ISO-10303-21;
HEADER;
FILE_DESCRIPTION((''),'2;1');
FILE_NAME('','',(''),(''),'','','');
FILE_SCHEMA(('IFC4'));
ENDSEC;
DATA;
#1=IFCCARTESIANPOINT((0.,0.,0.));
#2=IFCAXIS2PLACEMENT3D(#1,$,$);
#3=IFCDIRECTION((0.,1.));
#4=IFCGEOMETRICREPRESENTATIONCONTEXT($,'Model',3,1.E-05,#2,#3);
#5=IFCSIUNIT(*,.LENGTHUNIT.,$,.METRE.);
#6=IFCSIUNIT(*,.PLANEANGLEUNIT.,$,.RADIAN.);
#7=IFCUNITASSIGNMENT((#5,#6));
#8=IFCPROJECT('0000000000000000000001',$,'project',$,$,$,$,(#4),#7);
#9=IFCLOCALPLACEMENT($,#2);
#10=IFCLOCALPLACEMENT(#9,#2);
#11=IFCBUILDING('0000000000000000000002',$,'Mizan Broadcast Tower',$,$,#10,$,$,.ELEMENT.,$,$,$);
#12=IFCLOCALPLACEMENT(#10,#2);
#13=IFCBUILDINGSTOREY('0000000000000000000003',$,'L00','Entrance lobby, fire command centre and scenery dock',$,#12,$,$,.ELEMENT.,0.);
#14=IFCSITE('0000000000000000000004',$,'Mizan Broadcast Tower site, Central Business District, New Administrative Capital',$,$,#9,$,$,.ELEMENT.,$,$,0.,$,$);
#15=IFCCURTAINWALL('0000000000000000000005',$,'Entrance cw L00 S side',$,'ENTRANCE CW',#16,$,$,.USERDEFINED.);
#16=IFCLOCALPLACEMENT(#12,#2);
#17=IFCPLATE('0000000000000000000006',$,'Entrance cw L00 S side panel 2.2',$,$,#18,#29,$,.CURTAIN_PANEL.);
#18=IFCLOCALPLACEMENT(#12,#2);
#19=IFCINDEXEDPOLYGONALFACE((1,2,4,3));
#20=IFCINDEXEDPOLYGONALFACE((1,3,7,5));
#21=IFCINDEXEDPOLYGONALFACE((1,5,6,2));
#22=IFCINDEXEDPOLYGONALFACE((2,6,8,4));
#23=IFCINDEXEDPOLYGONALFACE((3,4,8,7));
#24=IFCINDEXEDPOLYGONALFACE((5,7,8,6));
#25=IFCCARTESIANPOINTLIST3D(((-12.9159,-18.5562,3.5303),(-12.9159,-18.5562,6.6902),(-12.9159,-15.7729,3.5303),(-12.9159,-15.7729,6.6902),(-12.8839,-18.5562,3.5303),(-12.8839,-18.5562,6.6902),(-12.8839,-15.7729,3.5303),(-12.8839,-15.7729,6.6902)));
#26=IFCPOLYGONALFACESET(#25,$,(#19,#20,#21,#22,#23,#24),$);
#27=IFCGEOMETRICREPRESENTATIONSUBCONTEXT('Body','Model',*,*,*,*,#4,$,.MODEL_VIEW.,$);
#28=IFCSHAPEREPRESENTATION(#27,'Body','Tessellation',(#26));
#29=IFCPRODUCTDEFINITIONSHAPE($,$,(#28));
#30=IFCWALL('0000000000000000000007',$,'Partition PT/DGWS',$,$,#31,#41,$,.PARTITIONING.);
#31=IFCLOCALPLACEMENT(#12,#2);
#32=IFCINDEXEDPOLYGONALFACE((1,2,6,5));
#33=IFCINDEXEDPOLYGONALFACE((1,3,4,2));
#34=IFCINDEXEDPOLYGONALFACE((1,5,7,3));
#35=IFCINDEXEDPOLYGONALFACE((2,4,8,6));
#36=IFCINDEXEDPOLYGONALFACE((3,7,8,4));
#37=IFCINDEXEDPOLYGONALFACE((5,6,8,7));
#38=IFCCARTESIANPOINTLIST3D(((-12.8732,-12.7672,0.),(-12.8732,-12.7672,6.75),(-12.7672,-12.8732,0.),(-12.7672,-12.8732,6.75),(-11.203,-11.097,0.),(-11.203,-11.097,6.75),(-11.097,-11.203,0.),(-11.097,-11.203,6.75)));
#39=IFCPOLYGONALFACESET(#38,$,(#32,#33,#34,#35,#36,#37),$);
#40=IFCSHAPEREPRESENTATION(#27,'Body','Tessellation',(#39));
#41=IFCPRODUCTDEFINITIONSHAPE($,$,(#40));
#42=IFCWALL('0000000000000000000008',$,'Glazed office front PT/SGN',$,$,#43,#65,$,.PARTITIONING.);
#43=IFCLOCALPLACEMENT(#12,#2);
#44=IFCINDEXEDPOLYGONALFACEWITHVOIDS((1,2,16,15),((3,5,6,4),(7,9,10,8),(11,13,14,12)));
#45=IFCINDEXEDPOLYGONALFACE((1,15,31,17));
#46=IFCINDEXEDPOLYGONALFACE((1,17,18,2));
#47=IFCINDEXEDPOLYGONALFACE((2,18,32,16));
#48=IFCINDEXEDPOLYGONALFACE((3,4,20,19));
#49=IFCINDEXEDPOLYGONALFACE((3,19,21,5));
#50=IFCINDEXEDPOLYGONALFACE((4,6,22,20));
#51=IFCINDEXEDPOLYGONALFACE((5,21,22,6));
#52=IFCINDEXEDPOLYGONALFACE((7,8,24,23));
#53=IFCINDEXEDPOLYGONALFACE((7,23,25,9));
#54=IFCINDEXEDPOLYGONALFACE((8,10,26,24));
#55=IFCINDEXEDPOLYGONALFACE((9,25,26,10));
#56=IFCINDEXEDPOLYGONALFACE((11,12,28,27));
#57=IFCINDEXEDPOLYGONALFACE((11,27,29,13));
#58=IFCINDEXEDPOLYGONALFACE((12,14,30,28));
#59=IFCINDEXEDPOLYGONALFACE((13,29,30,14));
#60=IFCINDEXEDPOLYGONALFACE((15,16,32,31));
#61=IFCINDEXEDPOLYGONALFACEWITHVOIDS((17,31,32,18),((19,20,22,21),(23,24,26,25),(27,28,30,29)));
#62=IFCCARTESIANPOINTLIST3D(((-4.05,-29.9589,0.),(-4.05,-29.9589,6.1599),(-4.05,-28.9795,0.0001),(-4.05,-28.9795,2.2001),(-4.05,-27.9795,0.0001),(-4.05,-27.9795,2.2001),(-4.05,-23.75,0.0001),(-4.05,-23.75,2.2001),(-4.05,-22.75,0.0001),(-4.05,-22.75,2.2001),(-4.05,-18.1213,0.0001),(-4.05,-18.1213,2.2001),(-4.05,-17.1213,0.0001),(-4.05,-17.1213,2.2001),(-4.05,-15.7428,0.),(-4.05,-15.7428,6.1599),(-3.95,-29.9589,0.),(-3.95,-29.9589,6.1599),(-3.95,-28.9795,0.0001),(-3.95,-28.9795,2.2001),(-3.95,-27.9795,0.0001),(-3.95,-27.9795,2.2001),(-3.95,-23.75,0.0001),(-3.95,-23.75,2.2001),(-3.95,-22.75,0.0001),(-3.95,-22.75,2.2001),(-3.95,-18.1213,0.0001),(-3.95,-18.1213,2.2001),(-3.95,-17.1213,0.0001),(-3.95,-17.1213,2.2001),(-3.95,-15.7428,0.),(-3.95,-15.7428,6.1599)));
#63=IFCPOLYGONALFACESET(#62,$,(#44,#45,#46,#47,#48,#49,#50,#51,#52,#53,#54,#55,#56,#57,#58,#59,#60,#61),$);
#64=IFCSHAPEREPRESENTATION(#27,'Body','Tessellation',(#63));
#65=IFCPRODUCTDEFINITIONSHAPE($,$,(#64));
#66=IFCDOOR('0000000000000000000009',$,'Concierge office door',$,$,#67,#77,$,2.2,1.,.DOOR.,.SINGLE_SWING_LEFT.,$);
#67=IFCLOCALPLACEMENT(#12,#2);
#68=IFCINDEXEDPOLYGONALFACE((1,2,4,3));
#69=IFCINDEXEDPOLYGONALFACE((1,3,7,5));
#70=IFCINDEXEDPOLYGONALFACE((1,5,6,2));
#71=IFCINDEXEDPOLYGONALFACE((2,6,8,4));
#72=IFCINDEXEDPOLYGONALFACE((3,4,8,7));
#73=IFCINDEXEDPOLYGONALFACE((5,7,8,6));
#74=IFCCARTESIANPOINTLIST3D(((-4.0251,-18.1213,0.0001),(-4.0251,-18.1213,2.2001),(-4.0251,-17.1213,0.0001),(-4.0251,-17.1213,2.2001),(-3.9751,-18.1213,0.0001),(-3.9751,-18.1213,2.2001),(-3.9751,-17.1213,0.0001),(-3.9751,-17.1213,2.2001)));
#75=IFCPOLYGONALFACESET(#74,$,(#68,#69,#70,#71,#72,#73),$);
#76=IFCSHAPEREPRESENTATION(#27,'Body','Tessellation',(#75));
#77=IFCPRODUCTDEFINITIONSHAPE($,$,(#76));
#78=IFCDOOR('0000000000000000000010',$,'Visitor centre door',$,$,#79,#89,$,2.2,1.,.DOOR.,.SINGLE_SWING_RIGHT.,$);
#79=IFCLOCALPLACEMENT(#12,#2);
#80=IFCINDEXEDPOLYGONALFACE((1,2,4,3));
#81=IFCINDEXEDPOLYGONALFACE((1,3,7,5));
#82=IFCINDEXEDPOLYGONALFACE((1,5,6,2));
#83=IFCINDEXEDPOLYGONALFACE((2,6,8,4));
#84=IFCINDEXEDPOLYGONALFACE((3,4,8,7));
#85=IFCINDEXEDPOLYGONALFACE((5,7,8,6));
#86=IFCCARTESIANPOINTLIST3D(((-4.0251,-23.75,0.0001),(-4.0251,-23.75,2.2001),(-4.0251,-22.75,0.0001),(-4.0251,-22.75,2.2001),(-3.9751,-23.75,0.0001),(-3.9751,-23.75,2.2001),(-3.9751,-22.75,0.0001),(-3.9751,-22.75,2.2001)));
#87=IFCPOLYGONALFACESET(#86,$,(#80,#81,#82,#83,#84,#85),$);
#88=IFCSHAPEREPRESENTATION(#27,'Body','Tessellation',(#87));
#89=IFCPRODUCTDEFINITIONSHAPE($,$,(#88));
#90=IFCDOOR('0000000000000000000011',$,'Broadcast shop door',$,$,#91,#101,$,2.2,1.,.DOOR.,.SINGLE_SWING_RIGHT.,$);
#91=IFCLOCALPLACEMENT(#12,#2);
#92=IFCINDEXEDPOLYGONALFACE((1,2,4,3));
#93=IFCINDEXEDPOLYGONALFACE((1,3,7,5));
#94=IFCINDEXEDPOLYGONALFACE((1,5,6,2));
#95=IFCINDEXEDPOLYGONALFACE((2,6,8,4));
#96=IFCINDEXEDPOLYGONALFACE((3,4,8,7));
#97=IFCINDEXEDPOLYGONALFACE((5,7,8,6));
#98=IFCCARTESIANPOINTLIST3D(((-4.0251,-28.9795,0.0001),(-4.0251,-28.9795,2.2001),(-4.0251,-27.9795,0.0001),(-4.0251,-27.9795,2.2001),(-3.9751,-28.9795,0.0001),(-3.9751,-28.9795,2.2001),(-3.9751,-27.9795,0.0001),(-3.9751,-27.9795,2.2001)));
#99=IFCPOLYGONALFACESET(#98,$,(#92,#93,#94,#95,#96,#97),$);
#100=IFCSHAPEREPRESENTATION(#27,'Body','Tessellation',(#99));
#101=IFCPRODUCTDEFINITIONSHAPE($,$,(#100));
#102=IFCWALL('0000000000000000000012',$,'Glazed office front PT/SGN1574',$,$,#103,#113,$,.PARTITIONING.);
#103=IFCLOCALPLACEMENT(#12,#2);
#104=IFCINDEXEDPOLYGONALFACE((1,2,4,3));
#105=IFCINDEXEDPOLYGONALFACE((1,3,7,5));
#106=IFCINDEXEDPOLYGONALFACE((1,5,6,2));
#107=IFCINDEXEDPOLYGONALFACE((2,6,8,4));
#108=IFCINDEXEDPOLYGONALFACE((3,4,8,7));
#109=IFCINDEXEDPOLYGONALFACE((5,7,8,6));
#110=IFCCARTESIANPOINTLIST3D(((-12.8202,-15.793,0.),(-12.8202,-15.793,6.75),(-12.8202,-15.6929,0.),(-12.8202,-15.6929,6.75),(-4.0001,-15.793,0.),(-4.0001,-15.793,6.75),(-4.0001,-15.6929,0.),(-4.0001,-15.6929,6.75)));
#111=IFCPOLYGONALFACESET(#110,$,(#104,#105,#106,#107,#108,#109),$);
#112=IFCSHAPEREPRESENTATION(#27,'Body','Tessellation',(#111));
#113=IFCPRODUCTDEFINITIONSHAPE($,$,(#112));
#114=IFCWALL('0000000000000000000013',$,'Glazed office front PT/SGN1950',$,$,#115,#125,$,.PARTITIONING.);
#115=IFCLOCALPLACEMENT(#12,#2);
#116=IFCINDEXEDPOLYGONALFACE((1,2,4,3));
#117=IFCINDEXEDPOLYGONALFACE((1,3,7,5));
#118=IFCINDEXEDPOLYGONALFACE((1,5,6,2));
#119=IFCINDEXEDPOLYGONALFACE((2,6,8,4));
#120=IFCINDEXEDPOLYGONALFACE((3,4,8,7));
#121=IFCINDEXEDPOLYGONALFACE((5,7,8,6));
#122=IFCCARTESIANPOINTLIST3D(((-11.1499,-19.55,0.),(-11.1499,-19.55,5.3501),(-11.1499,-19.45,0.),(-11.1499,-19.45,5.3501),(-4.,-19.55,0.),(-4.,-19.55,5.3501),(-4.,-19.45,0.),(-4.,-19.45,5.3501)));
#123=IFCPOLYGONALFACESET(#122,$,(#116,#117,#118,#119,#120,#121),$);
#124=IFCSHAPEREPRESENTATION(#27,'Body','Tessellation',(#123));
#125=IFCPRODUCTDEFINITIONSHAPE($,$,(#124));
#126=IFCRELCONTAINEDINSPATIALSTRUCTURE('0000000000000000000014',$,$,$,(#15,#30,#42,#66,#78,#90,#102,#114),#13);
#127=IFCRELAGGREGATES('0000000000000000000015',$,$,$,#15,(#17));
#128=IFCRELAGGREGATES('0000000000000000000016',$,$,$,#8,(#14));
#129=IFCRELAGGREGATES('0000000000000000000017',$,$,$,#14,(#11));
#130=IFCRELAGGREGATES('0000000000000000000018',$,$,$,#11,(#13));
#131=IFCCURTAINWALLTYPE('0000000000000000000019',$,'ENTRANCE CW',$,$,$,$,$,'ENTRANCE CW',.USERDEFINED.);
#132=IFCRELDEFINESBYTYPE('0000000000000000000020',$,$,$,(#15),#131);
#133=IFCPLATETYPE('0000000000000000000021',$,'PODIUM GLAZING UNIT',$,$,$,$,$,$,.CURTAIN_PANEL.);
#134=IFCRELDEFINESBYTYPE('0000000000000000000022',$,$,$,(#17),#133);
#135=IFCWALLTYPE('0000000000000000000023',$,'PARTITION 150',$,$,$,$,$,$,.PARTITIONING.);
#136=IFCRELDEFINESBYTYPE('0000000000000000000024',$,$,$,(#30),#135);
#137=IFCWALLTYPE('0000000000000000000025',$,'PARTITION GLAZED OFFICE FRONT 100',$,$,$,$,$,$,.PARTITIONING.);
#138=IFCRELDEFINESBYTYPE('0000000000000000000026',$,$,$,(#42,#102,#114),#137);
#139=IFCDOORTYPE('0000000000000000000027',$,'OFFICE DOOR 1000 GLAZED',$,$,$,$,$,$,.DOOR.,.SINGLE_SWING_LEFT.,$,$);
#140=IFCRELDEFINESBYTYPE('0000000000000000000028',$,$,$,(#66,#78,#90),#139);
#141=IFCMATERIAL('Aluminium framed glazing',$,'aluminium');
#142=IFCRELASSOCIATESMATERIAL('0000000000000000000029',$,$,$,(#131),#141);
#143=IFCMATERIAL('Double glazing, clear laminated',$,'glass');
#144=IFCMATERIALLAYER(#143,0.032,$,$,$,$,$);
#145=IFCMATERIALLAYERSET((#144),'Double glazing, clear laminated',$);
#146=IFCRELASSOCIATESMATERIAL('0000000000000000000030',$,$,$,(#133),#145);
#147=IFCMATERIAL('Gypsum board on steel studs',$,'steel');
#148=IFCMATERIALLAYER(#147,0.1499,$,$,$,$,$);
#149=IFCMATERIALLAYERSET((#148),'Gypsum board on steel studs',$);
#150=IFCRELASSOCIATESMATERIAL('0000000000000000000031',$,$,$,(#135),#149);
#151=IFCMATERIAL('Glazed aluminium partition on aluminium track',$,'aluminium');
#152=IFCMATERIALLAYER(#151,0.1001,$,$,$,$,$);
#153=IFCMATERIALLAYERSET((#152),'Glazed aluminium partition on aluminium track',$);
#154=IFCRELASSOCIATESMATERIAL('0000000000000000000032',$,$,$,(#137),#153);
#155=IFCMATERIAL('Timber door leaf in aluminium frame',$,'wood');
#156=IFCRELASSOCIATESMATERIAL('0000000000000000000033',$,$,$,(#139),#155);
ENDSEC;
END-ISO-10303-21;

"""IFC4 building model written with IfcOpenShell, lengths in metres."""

from ifc_helpers import new_model, si_unit, direction, frame, frame_2d, origin, origin_2d, place, context, subcontext, project, spatial, rectangle, extrude, material, layer, layer_set, type_object, element, fill, aggregate, save


model = new_model("IFC4")

# Units and contexts
model_context = context("Model", 3, precision=1e-05, world=origin(), true_north=direction((0.0, 1.0)))
body_context = subcontext(model_context, "Body", "Model", "MODEL_VIEW")
ifc_project = project(units=[si_unit("LENGTHUNIT", "METRE"), si_unit("PLANEANGLEUNIT", "RADIAN")], contexts=[model_context])

# Site, building, storey
site_placement = place(None, origin())
site = spatial("IfcSite", under=ifc_project, at=site_placement, Name="Mizan Broadcast Tower site, Central Business District, New Administrative Capital", CompositionType="ELEMENT", RefElevation=0.0)
building_placement = place(site_placement, origin())
building = spatial("IfcBuilding", under=site, at=building_placement, Name="Mizan Broadcast Tower", CompositionType="ELEMENT")
storey_placement = place(building_placement, origin())
storey = spatial("IfcBuildingStorey", under=building, at=storey_placement, Name="L00", Description="Entrance lobby, fire command centre and scenery dock", CompositionType="ELEMENT", Elevation=0.0)

# Curtain wall, plate
ifc_material_1 = material(Name="Aluminium framed glazing", Category="aluminium")
curtain_wall_type = type_object("IfcCurtainWallType", Name="ENTRANCE CW", ElementType="ENTRANCE CW", PredefinedType="USERDEFINED", material=ifc_material_1)
curtain_wall_placement = place(storey_placement, origin())
curtain_wall = element("IfcCurtainWall", 1, at=curtain_wall_placement, inside=storey, type_object=curtain_wall_type, Name="Entrance cw L00 S side", ObjectType="ENTRANCE CW", PredefinedType="USERDEFINED")
ifc_material_2 = material(Name="Double glazing, clear laminated", Category="glass")
ifc_layer_1 = layer(ifc_material_2, 0.032)
ifc_layer_set_1 = layer_set([ifc_layer_1], Name="Double glazing, clear laminated")
plate_type = type_object("IfcPlateType", Name="PODIUM GLAZING UNIT", PredefinedType="CURTAIN_PANEL", material=ifc_layer_set_1)
plate_1_placement = place(storey_placement, frame((-12.8999, -17.1646, 3.5303), z_axis=(0.0, 0.0, 1.0), x_axis=(0.0, -1.0, 0.0)))
plate_1 = element("IfcPlate", 2, at=plate_1_placement, type_object=plate_type, Name="Entrance cw L00 S side panel 2.2", PredefinedType="CURTAIN_PANEL", context=body_context, shape_type="SweptSolid", body=[
    extrude(rectangle(XDim=2.7832, YDim=0.032, at=origin_2d()), origin(), (0.0, 0.0, 1.0), 3.1599),
])
aggregate(curtain_wall, [plate_1])

# Wall
ifc_material_3 = material(Name="Gypsum board on steel studs", Category="steel")
ifc_layer_2 = layer(ifc_material_3, 0.1499)
ifc_layer_set_2 = layer_set([ifc_layer_2], Name="Gypsum board on steel studs")
wall_type_1 = type_object("IfcWallType", Name="PARTITION 150", PredefinedType="PARTITIONING", material=ifc_layer_set_2)
wall_1_placement = place(storey_placement, frame((-11.1499, -11.1499, 0.0), z_axis=(0.0, 0.0, 1.0), x_axis=(-0.707107, -0.707107, 0.0)))
element("IfcWall", 3, at=wall_1_placement, inside=storey, type_object=wall_type_1, Name="Partition PT/DGWS", PredefinedType="PARTITIONING", context=body_context, shape_type="SweptSolid", body=[
    extrude(rectangle(XDim=2.3621, YDim=0.1499, at=frame_2d((1.1812, 0.0))), origin(), (0.0, 0.0, 1.0), 6.75),
])

# Wall, openings, doors
ifc_material_4 = material(Name="Glazed aluminium partition on aluminium track", Category="aluminium")
ifc_layer_3 = layer(ifc_material_4, 0.1001)
ifc_layer_set_3 = layer_set([ifc_layer_3], Name="Glazed aluminium partition on aluminium track")
wall_type_2 = type_object("IfcWallType", Name="PARTITION GLAZED OFFICE FRONT 100", PredefinedType="PARTITIONING", material=ifc_layer_set_3)
wall_2_placement = place(storey_placement, frame((-4.0, -15.7429, 0.0), z_axis=(0.0, 0.0, 1.0), x_axis=(0.0, -1.0, 0.0)))
wall_2 = element("IfcWall", 4, at=wall_2_placement, inside=storey, type_object=wall_type_2, Name="Glazed office front PT/SGN", PredefinedType="PARTITIONING", context=body_context, shape_type="SweptSolid", body=[
    extrude(rectangle(XDim=14.2161, YDim=0.1001, at=frame_2d((7.1079, 0.0))), origin(), (0.0, 0.0, 1.0), 6.1599),
])
opening_1_placement = place(wall_2_placement, frame((1.3784, 0.0, 0.0)))
opening_1 = element("IfcOpeningElement", 5, at=opening_1_placement, cuts=wall_2, PredefinedType="OPENING", context=body_context, shape_type="SweptSolid", body=[
    extrude(rectangle(XDim=1.0, YDim=2.2, at=frame_2d((0.5, 1.1001))), frame((0.0, 0.0601, 0.0), z_axis=(0.0, -1.0, 0.0), x_axis=(1.0, 0.0, 0.0)), (0.0, 0.0, 1.0), 0.1201),
])
opening_2_placement = place(wall_2_placement, frame((7.0071, 0.0, 0.0)))
opening_2 = element("IfcOpeningElement", 6, at=opening_2_placement, cuts=wall_2, PredefinedType="OPENING", context=body_context, shape_type="SweptSolid", body=[
    extrude(rectangle(XDim=1.0, YDim=2.2, at=frame_2d((0.5, 1.1001))), frame((0.0, 0.0601, 0.0), z_axis=(0.0, -1.0, 0.0), x_axis=(1.0, 0.0, 0.0)), (0.0, 0.0, 1.0), 0.1201),
])
opening_3_placement = place(wall_2_placement, frame((12.2366, 0.0, 0.0)))
opening_3 = element("IfcOpeningElement", 7, at=opening_3_placement, cuts=wall_2, PredefinedType="OPENING", context=body_context, shape_type="SweptSolid", body=[
    extrude(rectangle(XDim=1.0, YDim=2.2, at=frame_2d((0.5, 1.1001))), frame((0.0, 0.0601, 0.0), z_axis=(0.0, -1.0, 0.0), x_axis=(1.0, 0.0, 0.0)), (0.0, 0.0, 1.0), 0.1201),
])
ifc_material_5 = material(Name="Timber door leaf in aluminium frame", Category="wood")
door_type = type_object("IfcDoorType", Name="OFFICE DOOR 1000 GLAZED", OperationType="SINGLE_SWING_LEFT", PredefinedType="DOOR", material=ifc_material_5)
door_1_placement = place(opening_1_placement, origin())
door_1 = element("IfcDoor", 8, at=door_1_placement, inside=storey, type_object=door_type, Name="Concierge office door", OperationType="SINGLE_SWING_LEFT", OverallHeight=2.2, OverallWidth=1.0, PredefinedType="DOOR", context=body_context, shape_type="SweptSolid", body=[
    extrude(rectangle(XDim=1.0, YDim=2.2, at=frame_2d((0.5, 1.1001))), frame((0.0, 0.0249, 0.0), z_axis=(0.0, -1.0, 0.0), x_axis=(1.0, 0.0, 0.0)), (0.0, 0.0, 1.0), 0.05),
])
fill(opening_1, door_1)
door_2_placement = place(opening_2_placement, origin())
door_2 = element("IfcDoor", 9, at=door_2_placement, inside=storey, type_object=door_type, Name="Visitor centre door", OperationType="SINGLE_SWING_RIGHT", OverallHeight=2.2, OverallWidth=1.0, PredefinedType="DOOR", context=body_context, shape_type="SweptSolid", body=[
    extrude(rectangle(XDim=1.0, YDim=2.2, at=frame_2d((0.5, 1.1001))), frame((0.0, 0.0249, 0.0), z_axis=(0.0, -1.0, 0.0), x_axis=(1.0, 0.0, 0.0)), (0.0, 0.0, 1.0), 0.05),
])
fill(opening_2, door_2)
door_3_placement = place(opening_3_placement, origin())
door_3 = element("IfcDoor", 10, at=door_3_placement, inside=storey, type_object=door_type, Name="Broadcast shop door", OperationType="SINGLE_SWING_RIGHT", OverallHeight=2.2, OverallWidth=1.0, PredefinedType="DOOR", context=body_context, shape_type="SweptSolid", body=[
    extrude(rectangle(XDim=1.0, YDim=2.2, at=frame_2d((0.5, 1.1001))), frame((0.0, 0.0249, 0.0), z_axis=(0.0, -1.0, 0.0), x_axis=(1.0, 0.0, 0.0)), (0.0, 0.0, 1.0), 0.05),
])
fill(opening_3, door_3)

# Walls
wall_3_placement = place(storey_placement, frame((-4.0, -15.7429, 0.0), z_axis=(0.0, 0.0, 1.0), x_axis=(-1.0, 0.0, 0.0)))
element("IfcWall", 11, at=wall_3_placement, inside=storey, type_object=wall_type_2, Name="Glazed office front PT/SGN1574", PredefinedType="PARTITIONING", context=body_context, shape_type="SweptSolid", body=[
    extrude(rectangle(XDim=8.8201, YDim=0.1001, at=frame_2d((4.4102, 0.0))), origin(), (0.0, 0.0, 1.0), 6.75),
])
wall_4_placement = place(storey_placement, frame((-4.0, -19.5, 0.0), z_axis=(0.0, 0.0, 1.0), x_axis=(-1.0, 0.0, 0.0)))
element("IfcWall", 12, at=wall_4_placement, inside=storey, type_object=wall_type_2, Name="Glazed office front PT/SGN1950", PredefinedType="PARTITIONING", context=body_context, shape_type="SweptSolid", body=[
    extrude(rectangle(XDim=7.1499, YDim=0.1001, at=frame_2d((3.575, 0.0))), origin(), (0.0, 0.0, 1.0), 5.3501),
])

save(model, "model.ifc")
